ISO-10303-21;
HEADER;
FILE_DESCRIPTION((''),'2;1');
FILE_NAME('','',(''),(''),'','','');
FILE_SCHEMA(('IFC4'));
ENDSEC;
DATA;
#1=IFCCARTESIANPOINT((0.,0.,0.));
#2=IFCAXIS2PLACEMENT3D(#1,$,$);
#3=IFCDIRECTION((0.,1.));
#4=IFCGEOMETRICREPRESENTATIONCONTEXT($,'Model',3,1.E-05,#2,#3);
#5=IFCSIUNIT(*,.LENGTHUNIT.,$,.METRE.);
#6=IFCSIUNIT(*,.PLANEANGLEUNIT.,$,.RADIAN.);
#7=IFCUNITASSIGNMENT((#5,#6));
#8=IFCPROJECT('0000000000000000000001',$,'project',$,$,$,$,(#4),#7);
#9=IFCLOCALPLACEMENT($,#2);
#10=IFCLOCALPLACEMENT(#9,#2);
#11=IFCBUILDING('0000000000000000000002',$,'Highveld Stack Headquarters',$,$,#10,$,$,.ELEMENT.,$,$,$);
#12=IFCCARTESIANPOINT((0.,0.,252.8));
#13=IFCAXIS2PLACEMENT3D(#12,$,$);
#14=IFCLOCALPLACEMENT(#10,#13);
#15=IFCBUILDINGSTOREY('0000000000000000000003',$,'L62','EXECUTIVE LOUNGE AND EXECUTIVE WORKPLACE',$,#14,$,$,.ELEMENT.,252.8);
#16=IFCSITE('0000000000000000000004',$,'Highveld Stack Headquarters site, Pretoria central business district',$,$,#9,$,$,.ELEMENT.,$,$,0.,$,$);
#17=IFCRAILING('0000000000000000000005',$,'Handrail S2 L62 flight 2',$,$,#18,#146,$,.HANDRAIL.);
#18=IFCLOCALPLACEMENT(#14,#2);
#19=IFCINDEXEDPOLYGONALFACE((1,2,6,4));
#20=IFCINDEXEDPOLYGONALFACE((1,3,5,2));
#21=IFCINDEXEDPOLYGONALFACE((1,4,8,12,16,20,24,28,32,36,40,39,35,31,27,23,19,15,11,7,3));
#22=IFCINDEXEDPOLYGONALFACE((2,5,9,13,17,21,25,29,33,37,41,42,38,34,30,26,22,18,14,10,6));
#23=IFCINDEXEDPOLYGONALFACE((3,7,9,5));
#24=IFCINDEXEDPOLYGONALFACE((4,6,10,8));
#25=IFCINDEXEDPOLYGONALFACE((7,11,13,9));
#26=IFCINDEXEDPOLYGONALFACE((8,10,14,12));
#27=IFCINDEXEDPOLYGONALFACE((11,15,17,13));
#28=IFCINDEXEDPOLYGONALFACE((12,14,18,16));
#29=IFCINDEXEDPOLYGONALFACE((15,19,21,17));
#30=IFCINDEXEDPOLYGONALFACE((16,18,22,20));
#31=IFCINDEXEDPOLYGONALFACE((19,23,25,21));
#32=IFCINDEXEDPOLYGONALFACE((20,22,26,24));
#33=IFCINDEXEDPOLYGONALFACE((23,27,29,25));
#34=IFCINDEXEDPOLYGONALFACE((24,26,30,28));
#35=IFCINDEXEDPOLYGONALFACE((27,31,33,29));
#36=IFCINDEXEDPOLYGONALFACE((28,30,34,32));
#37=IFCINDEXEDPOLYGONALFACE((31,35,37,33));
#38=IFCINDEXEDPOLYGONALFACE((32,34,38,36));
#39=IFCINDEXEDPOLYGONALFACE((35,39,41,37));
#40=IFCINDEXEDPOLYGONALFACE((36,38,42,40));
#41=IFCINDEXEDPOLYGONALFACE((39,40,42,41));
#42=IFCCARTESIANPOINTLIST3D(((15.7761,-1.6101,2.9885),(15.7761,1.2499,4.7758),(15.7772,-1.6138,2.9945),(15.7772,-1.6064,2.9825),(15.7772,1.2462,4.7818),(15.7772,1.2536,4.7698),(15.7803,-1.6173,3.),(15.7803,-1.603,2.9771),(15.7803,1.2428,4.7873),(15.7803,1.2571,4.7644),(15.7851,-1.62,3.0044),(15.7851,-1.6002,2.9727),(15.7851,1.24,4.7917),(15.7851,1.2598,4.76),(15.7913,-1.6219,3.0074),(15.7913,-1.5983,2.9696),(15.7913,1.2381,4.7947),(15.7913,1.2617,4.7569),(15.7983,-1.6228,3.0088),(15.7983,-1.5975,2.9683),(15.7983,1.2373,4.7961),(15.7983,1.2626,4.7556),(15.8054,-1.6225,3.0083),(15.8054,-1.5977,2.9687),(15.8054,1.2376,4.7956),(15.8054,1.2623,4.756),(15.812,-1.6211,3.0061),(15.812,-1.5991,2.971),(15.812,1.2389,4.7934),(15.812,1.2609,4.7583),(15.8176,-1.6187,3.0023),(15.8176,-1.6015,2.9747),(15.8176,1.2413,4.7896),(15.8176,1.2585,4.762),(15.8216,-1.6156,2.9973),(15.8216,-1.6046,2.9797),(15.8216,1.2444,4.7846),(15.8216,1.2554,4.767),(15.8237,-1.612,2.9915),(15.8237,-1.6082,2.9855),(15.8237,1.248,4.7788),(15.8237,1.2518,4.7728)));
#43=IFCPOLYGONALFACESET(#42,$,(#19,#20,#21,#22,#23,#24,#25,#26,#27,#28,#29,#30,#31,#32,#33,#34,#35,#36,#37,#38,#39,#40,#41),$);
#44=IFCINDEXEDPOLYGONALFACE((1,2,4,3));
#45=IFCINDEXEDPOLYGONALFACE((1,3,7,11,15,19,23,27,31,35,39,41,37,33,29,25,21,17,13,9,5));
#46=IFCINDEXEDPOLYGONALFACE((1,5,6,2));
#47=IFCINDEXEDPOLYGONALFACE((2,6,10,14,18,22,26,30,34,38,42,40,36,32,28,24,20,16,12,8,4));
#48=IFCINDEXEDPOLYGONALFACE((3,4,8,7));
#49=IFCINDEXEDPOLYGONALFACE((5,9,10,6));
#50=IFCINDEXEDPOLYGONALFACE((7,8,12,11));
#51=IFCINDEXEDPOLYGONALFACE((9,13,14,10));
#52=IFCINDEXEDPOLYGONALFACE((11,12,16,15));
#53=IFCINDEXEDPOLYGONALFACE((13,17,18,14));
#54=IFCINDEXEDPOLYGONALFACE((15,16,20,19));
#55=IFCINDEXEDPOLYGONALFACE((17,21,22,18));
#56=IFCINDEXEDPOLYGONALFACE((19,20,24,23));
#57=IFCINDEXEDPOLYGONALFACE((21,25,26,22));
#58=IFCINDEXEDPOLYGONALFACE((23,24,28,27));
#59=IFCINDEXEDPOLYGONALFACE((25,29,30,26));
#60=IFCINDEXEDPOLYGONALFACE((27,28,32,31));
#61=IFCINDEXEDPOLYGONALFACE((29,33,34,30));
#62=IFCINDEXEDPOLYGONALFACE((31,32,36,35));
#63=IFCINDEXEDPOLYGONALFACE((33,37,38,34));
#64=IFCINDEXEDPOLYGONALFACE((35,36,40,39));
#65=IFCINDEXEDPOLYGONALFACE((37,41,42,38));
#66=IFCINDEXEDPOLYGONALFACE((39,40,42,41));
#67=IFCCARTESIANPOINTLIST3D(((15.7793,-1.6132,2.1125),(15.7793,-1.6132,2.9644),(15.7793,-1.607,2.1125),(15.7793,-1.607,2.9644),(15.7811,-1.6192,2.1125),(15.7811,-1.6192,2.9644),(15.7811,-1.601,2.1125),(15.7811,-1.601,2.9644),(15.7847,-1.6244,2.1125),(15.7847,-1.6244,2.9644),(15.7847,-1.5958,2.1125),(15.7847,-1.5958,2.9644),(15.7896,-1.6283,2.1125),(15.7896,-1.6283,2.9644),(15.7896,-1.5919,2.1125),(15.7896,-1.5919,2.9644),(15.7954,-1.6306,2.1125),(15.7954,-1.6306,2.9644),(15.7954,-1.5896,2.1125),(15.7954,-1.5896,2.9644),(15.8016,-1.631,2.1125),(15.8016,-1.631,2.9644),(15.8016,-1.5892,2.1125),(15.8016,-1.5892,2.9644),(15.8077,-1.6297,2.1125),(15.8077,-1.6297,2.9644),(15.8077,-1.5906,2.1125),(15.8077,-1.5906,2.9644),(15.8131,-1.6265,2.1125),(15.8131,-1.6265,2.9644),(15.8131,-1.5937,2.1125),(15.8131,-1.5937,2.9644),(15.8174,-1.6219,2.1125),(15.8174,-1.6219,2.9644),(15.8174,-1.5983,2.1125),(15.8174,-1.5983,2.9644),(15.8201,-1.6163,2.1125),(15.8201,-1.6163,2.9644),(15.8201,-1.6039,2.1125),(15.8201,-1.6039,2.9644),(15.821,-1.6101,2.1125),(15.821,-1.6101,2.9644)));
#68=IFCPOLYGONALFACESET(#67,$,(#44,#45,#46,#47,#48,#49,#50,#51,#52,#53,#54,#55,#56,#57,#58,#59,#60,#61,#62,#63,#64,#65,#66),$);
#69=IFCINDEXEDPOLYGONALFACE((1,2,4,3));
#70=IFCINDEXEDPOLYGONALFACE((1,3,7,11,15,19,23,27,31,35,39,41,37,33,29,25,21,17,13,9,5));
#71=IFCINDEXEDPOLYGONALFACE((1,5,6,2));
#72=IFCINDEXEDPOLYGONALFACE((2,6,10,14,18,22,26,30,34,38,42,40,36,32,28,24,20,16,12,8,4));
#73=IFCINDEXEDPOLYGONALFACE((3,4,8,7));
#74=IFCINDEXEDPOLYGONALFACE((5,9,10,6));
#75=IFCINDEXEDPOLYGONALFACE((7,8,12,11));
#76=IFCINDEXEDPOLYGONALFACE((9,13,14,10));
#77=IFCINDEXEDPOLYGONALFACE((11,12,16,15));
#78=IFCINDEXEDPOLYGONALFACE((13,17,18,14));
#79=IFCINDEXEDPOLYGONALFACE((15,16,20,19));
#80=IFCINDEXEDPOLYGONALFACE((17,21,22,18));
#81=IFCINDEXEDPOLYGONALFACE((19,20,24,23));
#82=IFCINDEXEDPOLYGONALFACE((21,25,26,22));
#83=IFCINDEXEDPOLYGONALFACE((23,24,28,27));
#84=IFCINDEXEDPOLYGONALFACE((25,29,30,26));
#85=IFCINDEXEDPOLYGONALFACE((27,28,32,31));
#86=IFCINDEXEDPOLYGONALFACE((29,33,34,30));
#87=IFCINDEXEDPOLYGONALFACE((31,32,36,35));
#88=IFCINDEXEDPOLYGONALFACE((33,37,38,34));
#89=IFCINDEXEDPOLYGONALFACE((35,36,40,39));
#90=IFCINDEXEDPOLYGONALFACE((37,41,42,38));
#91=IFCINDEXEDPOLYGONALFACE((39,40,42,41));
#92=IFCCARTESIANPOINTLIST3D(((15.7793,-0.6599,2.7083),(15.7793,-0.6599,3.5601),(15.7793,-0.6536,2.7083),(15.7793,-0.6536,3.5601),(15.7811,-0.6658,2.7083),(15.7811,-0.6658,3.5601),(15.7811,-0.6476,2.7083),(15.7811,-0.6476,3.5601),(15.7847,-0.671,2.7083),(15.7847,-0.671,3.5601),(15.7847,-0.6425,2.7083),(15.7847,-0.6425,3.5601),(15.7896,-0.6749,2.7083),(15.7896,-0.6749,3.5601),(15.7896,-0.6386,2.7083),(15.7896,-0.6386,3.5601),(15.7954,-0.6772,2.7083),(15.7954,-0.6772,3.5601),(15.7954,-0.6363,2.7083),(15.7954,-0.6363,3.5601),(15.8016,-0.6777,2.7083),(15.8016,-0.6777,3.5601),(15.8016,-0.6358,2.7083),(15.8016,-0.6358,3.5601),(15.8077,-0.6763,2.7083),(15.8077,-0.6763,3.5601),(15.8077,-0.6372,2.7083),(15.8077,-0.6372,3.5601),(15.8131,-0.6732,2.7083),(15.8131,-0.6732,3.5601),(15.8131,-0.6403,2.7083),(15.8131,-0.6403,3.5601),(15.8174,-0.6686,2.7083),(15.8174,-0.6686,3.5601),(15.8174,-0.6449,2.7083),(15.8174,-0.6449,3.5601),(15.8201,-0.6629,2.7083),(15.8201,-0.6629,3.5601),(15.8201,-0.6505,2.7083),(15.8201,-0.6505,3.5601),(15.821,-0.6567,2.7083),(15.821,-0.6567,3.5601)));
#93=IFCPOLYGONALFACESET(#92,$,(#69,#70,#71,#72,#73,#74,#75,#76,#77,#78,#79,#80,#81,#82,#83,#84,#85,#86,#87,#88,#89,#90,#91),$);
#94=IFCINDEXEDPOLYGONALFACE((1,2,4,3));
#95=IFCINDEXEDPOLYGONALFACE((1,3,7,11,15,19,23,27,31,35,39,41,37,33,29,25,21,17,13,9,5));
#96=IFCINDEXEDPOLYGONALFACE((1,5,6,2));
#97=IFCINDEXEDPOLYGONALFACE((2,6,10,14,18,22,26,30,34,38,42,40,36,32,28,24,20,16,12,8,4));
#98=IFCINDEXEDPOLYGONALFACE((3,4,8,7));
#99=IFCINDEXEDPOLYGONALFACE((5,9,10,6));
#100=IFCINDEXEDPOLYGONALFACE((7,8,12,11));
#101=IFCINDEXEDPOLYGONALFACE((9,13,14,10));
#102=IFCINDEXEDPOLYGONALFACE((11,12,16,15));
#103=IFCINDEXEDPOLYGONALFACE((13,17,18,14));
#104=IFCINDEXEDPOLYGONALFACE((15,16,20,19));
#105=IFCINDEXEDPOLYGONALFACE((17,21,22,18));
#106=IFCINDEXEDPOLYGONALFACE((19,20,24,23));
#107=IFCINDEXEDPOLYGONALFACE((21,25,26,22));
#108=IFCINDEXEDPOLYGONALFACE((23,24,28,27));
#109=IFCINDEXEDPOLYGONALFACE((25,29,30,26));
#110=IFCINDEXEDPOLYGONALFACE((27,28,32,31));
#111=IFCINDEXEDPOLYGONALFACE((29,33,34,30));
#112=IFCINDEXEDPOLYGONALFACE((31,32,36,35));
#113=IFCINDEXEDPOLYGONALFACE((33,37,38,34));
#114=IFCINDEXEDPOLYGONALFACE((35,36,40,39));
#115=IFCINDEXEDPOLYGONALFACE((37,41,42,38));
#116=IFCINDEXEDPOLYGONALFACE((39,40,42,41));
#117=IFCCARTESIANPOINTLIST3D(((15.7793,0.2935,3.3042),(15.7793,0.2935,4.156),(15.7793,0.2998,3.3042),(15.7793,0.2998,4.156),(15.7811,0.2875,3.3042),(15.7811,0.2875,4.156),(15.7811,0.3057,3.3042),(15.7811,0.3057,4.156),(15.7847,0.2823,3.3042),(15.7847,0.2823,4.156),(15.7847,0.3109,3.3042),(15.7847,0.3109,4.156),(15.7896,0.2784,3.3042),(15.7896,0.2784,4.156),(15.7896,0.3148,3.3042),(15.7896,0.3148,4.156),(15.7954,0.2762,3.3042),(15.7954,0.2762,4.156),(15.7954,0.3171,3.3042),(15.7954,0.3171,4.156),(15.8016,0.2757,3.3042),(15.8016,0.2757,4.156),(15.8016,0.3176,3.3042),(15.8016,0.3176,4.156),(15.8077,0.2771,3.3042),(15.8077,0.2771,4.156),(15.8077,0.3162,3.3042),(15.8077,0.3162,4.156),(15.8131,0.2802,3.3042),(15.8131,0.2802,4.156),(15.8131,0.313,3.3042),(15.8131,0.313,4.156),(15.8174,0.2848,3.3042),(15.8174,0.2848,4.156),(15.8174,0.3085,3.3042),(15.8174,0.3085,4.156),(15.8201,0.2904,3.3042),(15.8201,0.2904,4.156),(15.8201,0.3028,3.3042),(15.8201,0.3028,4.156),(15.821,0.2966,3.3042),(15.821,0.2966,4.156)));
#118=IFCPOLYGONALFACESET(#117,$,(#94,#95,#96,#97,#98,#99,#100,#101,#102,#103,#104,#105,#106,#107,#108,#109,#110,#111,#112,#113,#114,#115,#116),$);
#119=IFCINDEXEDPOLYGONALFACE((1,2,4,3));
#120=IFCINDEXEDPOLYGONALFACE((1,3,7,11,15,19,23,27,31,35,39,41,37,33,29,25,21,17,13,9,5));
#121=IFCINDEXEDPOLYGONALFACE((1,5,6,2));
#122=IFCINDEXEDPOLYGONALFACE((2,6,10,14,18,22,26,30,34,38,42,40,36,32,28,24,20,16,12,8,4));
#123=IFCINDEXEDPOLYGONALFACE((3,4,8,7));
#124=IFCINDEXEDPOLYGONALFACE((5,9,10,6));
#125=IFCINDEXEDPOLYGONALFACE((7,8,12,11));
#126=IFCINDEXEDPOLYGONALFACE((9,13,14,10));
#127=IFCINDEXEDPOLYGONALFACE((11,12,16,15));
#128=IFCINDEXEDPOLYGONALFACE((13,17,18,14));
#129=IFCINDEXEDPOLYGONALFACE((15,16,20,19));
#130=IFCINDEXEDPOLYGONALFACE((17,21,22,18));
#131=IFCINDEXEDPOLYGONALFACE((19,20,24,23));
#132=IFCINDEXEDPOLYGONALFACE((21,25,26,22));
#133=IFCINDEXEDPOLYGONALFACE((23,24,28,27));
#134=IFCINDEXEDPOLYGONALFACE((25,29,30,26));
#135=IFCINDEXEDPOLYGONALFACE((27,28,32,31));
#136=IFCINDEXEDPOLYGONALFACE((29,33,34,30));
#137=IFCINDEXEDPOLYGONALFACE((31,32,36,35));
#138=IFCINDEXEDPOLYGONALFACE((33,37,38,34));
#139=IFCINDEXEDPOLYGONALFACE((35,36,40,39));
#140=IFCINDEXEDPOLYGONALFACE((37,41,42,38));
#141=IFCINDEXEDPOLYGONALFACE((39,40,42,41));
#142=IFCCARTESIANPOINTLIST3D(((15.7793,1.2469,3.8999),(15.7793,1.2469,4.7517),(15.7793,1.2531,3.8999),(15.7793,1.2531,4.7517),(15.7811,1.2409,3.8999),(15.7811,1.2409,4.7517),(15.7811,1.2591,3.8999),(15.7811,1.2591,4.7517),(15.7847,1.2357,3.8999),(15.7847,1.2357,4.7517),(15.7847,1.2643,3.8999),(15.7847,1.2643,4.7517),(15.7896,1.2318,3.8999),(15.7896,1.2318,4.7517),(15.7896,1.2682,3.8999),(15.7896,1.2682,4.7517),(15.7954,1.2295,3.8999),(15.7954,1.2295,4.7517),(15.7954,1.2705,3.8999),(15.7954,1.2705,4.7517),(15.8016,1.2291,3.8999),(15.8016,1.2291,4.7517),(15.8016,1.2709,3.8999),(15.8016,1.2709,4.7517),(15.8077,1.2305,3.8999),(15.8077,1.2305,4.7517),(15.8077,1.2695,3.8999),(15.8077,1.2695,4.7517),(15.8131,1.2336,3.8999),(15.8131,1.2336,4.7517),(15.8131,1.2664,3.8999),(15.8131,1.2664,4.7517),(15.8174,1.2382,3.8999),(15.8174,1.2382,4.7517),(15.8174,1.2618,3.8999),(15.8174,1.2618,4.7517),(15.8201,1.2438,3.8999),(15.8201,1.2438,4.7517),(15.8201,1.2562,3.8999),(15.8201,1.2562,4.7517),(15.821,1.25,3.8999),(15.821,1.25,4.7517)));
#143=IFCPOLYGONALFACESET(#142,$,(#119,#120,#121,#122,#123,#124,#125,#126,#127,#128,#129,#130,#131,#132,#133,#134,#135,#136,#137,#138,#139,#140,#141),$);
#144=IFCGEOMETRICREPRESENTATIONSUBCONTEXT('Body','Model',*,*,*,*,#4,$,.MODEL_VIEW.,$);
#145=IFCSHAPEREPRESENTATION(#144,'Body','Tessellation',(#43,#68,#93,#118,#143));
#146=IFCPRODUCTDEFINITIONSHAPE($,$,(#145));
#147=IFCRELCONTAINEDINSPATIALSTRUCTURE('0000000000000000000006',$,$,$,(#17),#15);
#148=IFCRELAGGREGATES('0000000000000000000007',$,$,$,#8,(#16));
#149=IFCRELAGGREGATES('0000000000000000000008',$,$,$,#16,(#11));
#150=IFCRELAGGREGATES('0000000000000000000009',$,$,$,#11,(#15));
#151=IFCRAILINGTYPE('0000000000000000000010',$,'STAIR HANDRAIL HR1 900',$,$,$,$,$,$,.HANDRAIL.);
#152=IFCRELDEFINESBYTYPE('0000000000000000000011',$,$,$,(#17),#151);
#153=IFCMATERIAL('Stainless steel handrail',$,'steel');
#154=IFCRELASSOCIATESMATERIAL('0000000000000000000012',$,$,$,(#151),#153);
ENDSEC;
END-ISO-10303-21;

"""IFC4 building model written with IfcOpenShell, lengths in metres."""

from ifc_helpers import new_model, si_unit, direction, frame, origin, origin_2d, place, context, subcontext, project, spatial, circle, extrude, material, type_object, element, save


model = new_model("IFC4")

# Units and contexts
model_context = context("Model", 3, precision=1e-05, world=origin(), true_north=direction((0.0, 1.0)))
body_context = subcontext(model_context, "Body", "Model", "MODEL_VIEW")
ifc_project = project(units=[si_unit("LENGTHUNIT", "METRE"), si_unit("PLANEANGLEUNIT", "RADIAN")], contexts=[model_context])

# Site, building, storey
site_placement = place(None, origin())
site = spatial("IfcSite", under=ifc_project, at=site_placement, Name="Highveld Stack Headquarters site, Pretoria central business district", CompositionType="ELEMENT", RefElevation=0.0)
building_placement = place(site_placement, origin())
building = spatial("IfcBuilding", under=site, at=building_placement, Name="Highveld Stack Headquarters", CompositionType="ELEMENT")
storey_placement = place(building_placement, frame((0.0, 0.0, 252.8)))
storey = spatial("IfcBuildingStorey", under=building, at=storey_placement, Name="L62", Description="EXECUTIVE LOUNGE AND EXECUTIVE WORKPLACE", CompositionType="ELEMENT", Elevation=252.8)

# Railing
ifc_material_1 = material(Name="Stainless steel handrail", Category="steel")
railing_type = type_object("IfcRailingType", Name="STAIR HANDRAIL HR1 900", PredefinedType="HANDRAIL", material=ifc_material_1)
for number, where, name in (
    (1, (15.8, -1.6101, 2.1125), "Handrail S2 L62 flight 2"),
):
    element("IfcRailing", number, at=place(storey_placement, frame(where)), inside=storey, type_object=railing_type, Name=name, PredefinedType="HANDRAIL", context=body_context, shape_type="SweptSolid", body=[
        extrude(circle(Radius=0.0239, at=origin_2d()), frame((0.0, 0.0, 0.876), z_axis=(0.0, 0.848027, 0.529953), x_axis=(-1.0, 0.0, 0.0)), (0.0, 0.0, 1.0), 3.3726),
        extrude(circle(Radius=0.021, at=origin_2d()), origin(), (0.0, 0.0, 1.0), 0.8518),
        extrude(circle(Radius=0.021, at=origin_2d()), frame((0.0, 0.9534, 0.5957)), (0.0, 0.0, 1.0), 0.8518),
        extrude(circle(Radius=0.021, at=origin_2d()), frame((0.0, 1.9067, 1.1917)), (0.0, 0.0, 1.0), 0.8518),
        extrude(circle(Radius=0.021, at=origin_2d()), frame((0.0, 2.8601, 1.7874)), (0.0, 0.0, 1.0), 0.8518),
    ])

save(model, "model.ifc")
